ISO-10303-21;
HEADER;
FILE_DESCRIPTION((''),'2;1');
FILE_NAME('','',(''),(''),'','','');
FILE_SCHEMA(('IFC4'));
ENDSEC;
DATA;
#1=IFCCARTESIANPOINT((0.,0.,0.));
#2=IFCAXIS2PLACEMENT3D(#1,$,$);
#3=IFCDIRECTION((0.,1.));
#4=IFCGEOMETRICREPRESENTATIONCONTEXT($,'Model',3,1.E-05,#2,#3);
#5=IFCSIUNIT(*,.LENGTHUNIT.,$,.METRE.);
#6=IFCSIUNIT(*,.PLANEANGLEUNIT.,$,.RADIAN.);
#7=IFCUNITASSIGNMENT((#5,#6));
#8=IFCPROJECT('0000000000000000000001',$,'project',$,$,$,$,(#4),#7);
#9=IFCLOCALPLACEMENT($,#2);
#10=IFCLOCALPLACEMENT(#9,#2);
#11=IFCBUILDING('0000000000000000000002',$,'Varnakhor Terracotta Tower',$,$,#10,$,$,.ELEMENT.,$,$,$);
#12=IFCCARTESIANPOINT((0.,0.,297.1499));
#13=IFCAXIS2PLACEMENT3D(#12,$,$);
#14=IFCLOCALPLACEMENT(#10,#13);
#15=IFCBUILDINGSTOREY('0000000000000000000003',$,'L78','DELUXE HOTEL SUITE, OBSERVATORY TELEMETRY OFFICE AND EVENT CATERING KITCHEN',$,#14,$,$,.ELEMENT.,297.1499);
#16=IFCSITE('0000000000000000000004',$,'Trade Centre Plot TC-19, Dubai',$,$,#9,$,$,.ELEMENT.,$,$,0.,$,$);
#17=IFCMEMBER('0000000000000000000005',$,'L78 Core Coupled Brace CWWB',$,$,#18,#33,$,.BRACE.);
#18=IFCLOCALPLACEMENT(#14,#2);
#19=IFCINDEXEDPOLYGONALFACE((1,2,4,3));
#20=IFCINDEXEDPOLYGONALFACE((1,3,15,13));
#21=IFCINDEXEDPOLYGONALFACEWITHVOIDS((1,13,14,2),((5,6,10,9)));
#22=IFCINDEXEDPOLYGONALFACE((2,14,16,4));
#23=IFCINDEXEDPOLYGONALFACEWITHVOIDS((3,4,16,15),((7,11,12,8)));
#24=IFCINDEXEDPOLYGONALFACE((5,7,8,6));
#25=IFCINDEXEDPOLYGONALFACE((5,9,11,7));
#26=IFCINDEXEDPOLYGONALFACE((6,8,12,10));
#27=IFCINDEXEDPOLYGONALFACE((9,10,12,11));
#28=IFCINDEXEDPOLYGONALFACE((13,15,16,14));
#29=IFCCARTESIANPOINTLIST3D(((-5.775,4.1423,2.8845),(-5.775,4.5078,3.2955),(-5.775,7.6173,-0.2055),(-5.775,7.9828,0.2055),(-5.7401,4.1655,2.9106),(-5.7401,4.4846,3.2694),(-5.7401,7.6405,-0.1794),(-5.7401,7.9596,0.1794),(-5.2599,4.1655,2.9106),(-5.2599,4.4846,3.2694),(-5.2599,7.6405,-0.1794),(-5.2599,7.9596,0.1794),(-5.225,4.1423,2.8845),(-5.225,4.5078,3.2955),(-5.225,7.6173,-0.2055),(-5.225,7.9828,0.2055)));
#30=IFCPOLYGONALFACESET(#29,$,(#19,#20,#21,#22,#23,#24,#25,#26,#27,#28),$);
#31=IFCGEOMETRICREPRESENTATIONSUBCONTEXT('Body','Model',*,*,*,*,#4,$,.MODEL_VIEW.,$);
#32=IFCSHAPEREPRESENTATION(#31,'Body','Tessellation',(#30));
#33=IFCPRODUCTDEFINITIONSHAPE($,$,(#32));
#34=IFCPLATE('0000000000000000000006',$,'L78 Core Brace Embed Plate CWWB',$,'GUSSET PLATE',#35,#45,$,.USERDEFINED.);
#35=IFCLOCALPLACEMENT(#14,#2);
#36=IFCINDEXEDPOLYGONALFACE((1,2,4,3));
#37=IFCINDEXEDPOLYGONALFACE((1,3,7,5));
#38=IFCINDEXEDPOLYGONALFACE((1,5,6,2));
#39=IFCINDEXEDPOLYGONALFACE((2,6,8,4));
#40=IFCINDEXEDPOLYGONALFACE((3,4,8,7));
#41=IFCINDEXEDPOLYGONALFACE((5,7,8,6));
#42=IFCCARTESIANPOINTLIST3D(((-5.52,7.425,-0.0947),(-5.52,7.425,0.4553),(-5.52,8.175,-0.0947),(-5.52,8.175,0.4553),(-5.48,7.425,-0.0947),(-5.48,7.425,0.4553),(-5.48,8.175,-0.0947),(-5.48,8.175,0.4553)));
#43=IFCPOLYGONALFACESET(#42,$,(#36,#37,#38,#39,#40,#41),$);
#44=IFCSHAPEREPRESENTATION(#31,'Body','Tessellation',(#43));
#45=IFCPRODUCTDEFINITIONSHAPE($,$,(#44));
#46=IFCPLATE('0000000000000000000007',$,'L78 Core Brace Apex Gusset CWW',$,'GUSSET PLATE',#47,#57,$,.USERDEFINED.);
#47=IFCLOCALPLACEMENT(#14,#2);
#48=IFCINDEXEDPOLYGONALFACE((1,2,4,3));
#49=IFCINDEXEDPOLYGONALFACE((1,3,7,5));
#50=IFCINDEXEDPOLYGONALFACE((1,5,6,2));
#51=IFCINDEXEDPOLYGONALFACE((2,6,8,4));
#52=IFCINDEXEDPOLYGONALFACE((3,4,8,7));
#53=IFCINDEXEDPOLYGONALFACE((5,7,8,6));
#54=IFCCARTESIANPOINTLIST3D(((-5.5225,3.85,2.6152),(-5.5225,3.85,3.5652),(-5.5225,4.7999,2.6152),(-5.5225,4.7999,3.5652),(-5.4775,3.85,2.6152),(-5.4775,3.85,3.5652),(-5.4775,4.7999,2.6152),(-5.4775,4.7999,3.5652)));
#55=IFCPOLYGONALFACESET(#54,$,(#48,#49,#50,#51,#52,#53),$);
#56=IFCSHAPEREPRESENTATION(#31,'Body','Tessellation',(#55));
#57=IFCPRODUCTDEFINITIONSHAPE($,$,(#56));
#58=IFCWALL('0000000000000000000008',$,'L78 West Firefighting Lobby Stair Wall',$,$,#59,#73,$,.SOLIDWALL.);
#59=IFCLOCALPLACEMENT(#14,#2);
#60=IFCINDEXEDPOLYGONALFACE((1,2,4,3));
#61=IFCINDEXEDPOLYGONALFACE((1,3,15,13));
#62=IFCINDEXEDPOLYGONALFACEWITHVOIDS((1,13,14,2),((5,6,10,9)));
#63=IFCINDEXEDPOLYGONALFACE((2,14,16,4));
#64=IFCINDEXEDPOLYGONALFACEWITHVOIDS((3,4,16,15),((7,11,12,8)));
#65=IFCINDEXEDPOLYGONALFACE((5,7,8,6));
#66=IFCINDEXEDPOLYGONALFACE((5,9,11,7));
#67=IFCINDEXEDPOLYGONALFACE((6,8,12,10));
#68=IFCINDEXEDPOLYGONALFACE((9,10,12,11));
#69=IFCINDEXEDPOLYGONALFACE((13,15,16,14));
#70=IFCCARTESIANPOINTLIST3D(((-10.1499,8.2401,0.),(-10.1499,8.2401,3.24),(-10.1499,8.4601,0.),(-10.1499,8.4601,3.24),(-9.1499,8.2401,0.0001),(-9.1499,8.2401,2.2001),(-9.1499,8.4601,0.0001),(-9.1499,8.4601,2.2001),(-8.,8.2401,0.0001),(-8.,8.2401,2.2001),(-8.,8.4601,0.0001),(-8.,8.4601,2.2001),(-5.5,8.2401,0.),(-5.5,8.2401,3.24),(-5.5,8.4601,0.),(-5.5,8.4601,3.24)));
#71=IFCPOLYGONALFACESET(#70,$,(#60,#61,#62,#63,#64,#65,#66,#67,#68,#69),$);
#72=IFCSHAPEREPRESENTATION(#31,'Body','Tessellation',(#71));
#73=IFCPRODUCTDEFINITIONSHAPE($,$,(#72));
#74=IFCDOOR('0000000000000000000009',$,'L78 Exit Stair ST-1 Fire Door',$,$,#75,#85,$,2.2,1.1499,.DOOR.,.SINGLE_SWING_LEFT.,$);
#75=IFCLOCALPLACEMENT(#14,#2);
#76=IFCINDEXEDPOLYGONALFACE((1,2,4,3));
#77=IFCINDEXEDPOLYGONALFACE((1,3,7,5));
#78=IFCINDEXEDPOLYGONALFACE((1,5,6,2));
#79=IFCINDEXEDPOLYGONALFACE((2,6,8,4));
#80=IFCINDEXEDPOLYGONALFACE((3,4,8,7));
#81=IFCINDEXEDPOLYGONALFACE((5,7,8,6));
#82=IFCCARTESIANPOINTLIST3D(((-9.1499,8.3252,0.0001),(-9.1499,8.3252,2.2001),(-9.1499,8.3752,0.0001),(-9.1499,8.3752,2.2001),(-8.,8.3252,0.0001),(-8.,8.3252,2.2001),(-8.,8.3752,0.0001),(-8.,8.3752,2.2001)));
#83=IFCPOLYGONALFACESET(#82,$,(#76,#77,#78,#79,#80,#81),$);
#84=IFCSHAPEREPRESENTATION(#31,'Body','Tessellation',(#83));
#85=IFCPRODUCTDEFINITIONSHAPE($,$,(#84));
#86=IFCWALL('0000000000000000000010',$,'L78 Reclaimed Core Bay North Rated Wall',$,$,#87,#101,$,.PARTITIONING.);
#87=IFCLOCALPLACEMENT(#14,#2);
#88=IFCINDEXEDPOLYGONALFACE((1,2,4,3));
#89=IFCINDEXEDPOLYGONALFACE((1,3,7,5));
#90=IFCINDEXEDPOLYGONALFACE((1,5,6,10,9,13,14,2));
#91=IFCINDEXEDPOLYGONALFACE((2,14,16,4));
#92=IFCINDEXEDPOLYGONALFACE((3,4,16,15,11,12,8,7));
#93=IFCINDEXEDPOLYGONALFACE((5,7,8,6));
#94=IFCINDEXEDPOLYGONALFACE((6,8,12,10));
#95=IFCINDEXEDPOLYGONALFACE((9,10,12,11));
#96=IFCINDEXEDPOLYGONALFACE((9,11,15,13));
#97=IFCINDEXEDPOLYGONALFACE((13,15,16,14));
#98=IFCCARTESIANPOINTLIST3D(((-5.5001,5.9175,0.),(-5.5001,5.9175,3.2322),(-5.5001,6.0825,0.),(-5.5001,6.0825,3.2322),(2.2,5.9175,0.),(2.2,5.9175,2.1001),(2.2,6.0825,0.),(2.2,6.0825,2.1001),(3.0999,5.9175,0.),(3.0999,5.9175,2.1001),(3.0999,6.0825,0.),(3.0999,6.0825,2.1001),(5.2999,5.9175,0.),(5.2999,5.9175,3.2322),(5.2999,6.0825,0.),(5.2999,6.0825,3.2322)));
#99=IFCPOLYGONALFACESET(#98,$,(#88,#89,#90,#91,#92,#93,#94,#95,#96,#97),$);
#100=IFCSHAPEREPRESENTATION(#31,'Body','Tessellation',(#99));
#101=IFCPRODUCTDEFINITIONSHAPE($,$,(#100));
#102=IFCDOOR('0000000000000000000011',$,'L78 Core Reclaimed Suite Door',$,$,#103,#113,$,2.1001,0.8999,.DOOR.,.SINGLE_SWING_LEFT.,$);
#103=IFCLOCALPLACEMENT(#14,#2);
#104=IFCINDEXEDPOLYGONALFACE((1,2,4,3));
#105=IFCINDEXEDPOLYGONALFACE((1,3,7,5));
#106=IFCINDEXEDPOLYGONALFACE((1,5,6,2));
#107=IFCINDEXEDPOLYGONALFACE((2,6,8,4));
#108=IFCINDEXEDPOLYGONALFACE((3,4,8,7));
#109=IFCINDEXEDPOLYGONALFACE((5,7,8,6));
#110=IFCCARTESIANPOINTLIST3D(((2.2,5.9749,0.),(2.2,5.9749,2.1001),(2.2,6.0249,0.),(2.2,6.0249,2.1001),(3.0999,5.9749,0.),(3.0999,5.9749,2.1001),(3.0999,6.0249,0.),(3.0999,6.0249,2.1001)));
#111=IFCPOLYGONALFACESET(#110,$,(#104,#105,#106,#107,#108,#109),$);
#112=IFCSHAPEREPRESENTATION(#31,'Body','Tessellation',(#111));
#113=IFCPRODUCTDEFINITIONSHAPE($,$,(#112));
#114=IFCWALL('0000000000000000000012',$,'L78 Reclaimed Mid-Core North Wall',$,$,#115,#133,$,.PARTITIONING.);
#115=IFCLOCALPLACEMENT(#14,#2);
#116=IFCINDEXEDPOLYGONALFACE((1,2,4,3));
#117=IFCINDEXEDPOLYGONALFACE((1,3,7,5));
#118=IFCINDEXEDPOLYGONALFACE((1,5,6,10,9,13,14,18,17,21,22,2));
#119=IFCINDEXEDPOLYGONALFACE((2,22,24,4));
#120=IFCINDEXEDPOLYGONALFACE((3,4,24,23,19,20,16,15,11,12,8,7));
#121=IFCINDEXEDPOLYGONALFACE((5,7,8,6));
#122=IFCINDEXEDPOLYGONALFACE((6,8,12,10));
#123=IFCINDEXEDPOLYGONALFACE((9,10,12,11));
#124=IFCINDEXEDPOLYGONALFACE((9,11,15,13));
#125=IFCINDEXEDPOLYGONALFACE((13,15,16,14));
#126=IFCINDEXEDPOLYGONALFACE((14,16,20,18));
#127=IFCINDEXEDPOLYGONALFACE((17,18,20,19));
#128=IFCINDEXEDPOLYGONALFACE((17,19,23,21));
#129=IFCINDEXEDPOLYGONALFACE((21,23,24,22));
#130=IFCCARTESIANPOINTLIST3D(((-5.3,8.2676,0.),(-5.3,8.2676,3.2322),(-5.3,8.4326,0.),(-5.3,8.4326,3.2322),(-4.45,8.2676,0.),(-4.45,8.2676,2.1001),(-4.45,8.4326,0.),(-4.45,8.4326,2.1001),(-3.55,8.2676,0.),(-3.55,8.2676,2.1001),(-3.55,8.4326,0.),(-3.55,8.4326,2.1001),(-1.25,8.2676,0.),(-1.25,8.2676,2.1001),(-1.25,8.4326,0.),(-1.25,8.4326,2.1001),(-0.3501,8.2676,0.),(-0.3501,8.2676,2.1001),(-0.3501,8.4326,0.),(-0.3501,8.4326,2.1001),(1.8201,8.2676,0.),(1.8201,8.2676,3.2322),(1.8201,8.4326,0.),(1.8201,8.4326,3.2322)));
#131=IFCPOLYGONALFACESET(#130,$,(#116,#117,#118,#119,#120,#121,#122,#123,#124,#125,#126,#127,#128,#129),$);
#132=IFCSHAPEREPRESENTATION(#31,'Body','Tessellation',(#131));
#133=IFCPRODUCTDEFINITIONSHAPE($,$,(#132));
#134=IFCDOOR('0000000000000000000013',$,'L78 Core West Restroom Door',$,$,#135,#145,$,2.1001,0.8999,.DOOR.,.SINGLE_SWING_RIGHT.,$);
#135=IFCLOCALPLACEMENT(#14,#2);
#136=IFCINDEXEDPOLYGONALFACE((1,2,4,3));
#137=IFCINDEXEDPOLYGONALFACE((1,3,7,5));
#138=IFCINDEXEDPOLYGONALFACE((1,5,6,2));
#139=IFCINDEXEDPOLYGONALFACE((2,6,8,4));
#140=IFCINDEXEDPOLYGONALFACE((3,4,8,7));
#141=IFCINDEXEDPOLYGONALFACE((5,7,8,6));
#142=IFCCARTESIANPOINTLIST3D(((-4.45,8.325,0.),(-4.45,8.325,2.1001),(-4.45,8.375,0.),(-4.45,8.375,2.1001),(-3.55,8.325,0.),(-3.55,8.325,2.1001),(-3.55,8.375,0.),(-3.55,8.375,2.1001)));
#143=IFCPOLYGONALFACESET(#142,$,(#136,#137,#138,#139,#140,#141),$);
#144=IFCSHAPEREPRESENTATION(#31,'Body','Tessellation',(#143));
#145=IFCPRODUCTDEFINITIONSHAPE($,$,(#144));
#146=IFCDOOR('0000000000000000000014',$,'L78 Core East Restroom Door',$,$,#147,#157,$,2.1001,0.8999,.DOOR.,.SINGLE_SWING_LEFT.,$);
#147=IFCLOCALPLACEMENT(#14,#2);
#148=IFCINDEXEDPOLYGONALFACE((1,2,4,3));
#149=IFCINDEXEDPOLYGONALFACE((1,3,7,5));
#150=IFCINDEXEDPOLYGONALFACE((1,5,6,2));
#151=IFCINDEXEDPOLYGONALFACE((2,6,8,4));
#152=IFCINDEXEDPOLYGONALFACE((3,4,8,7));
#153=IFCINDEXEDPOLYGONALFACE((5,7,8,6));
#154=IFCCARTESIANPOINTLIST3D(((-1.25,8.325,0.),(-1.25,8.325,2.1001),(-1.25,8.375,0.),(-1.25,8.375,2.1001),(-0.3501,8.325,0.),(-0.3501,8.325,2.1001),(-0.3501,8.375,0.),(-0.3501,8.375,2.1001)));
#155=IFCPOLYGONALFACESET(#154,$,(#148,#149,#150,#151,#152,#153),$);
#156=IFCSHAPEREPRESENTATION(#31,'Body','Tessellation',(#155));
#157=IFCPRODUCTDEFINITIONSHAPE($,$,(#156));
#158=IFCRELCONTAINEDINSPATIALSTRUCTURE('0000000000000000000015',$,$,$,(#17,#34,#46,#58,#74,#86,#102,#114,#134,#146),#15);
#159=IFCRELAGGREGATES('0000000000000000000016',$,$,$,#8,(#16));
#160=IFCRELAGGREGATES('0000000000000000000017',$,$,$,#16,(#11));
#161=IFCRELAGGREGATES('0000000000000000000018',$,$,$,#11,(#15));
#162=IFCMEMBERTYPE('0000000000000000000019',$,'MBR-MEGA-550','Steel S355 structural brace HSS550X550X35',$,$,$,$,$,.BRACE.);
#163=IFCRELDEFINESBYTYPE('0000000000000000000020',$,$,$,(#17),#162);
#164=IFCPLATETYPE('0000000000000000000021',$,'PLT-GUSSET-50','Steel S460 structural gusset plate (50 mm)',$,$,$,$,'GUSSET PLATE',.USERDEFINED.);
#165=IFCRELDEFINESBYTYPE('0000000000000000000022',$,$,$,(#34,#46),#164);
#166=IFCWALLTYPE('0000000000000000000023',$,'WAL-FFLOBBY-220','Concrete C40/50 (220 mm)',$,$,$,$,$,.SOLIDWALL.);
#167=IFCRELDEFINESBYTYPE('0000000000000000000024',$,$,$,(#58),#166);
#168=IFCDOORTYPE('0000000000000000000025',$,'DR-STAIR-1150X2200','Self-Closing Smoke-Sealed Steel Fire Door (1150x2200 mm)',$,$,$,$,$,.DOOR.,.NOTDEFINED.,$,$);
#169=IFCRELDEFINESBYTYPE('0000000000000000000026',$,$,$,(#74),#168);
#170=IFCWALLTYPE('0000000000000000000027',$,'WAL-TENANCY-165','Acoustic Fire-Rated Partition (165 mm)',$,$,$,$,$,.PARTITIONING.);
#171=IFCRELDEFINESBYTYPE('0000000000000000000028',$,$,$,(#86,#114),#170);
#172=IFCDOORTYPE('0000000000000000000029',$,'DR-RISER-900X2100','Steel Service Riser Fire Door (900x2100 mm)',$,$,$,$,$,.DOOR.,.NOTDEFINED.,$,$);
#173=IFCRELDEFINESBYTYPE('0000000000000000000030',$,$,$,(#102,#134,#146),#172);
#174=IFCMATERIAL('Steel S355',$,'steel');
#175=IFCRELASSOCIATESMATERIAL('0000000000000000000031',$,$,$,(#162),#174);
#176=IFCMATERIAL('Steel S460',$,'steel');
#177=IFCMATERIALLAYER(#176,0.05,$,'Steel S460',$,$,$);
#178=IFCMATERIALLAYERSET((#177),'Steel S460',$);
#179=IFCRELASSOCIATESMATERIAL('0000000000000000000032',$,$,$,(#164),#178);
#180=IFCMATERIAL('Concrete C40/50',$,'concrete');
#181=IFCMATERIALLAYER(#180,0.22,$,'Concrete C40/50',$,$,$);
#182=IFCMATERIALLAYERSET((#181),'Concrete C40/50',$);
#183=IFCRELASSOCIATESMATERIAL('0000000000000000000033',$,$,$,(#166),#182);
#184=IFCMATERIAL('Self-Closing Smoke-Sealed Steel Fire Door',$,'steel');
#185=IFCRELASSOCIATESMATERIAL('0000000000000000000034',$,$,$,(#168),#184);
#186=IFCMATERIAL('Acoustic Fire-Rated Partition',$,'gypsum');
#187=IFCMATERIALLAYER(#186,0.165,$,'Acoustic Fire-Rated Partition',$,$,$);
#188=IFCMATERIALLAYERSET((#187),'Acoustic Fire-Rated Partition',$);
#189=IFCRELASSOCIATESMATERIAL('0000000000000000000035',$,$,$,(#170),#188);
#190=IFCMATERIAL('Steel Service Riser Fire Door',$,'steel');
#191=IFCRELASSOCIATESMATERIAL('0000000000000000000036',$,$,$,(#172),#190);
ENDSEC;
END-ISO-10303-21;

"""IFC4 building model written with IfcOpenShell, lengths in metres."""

from ifc_helpers import new_model, si_unit, direction, frame, frame_2d, origin, origin_2d, place, context, subcontext, project, spatial, rectangle, hollow_rectangle, extrude, source, transform, mapped, material, layer, layer_set, material_profile, profile_set, type_object, type_shapes, element, fill, save


model = new_model("IFC4")

# Units and contexts
model_context = context("Model", 3, precision=1e-05, world=origin(), true_north=direction((0.0, 1.0)))
body_context = subcontext(model_context, "Body", "Model", "MODEL_VIEW")
ifc_project = project(units=[si_unit("LENGTHUNIT", "METRE"), si_unit("PLANEANGLEUNIT", "RADIAN")], contexts=[model_context])

# Site, building, storey
site_placement = place(None, origin())
site = spatial("IfcSite", under=ifc_project, at=site_placement, Name="Trade Centre Plot TC-19, Dubai", CompositionType="ELEMENT", RefElevation=0.0)
building_placement = place(site_placement, origin())
building = spatial("IfcBuilding", under=site, at=building_placement, Name="Varnakhor Terracotta Tower", CompositionType="ELEMENT")
storey_placement = place(building_placement, frame((0.0, 0.0, 297.1499)))
storey = spatial("IfcBuildingStorey", under=building, at=storey_placement, Name="L78", Description="DELUXE HOTEL SUITE, OBSERVATORY TELEMETRY OFFICE AND EVENT CATERING KITCHEN", CompositionType="ELEMENT", Elevation=297.1499)

# Member
ifc_material_1 = material(Name="Steel S355", Category="steel")
ifc_material_profile = material_profile(ifc_material_1, hollow_rectangle(XDim=0.55, YDim=0.55, WallThickness=0.0349, at=origin_2d()), Name="HSS550X550X35")
ifc_profile_set = profile_set([ifc_material_profile], Name="Steel S355")
member_type = type_object("IfcMemberType", Name="MBR-MEGA-550", Description="Steel S355 structural brace HSS550X550X35", PredefinedType="BRACE", material=ifc_profile_set)
shared_shape_1 = source(origin(), body_context, "Body", "SweptSolid", [
    extrude(hollow_rectangle(XDim=0.55, YDim=0.55, WallThickness=0.0349, at=origin_2d()), origin(), (0.0, 0.0, 1.0), 4.6501),
])
member_placement = place(storey_placement, frame((-5.5, 7.8, 0.0), z_axis=(0.0, -0.747291, 0.664497), x_axis=(1.0, 0.0, 0.0)))
element("IfcMember", 1, at=member_placement, inside=storey, type_object=member_type, Name="L78 Core Coupled Brace CWWB", PredefinedType="BRACE", context=body_context, shape_type="MappedRepresentation", body=[
    mapped(shared_shape_1, transform((0.0, 0.0, 0.0), scale=1.0)),
])

# Plates
ifc_material_2 = material(Name="Steel S460", Category="steel")
ifc_layer_1 = layer(ifc_material_2, 0.05, Name="Steel S460")
ifc_layer_set_1 = layer_set([ifc_layer_1], Name="Steel S460")
plate_type = type_object("IfcPlateType", Name="PLT-GUSSET-50", Description="Steel S460 structural gusset plate (50 mm)", ElementType="GUSSET PLATE", PredefinedType="USERDEFINED", material=ifc_layer_set_1)
shared_shape_2 = source(origin(), body_context, "Body", "SweptSolid", [
    extrude(rectangle(XDim=0.75, YDim=0.04, at=origin_2d()), origin(), (0.0, 0.0, 1.0), 0.55),
])
type_shapes(plate_type, [shared_shape_2])
plate_1_placement = place(storey_placement, frame((-5.5, 7.8, -0.0947), z_axis=(0.0, 0.0, 1.0), x_axis=(0.0, 1.0, 0.0)))
element("IfcPlate", 2, at=plate_1_placement, inside=storey, type_object=plate_type, Name="L78 Core Brace Embed Plate CWWB", ObjectType="GUSSET PLATE", PredefinedType="USERDEFINED", context=body_context, shape_type="MappedRepresentation", body=[
    mapped(shared_shape_2, transform((0.0, 0.0, 0.0), scale=1.0)),
])
shared_shape_3 = source(origin(), body_context, "Body", "SweptSolid", [
    extrude(rectangle(XDim=0.95, YDim=0.0449, at=origin_2d()), origin(), (0.0, 0.0, 1.0), 0.95),
])
plate_2_placement = place(storey_placement, frame((-5.5, 4.325, 2.6152), z_axis=(0.0, 0.0, 1.0), x_axis=(0.0, 1.0, 0.0)))
element("IfcPlate", 3, at=plate_2_placement, inside=storey, type_object=plate_type, Name="L78 Core Brace Apex Gusset CWW", ObjectType="GUSSET PLATE", PredefinedType="USERDEFINED", context=body_context, shape_type="MappedRepresentation", body=[
    mapped(shared_shape_3, transform((0.0, 0.0, 0.0), scale=1.0)),
])

# Walls, openings, doors
ifc_material_3 = material(Name="Concrete C40/50", Category="concrete")
ifc_layer_2 = layer(ifc_material_3, 0.22, Name="Concrete C40/50")
ifc_layer_set_2 = layer_set([ifc_layer_2], Name="Concrete C40/50")
wall_type_1 = type_object("IfcWallType", Name="WAL-FFLOBBY-220", Description="Concrete C40/50 (220 mm)", PredefinedType="SOLIDWALL", material=ifc_layer_set_2)
wall_1_placement = place(storey_placement, frame((-5.5, 8.3501, 0.0), z_axis=(0.0, 0.0, 1.0), x_axis=(-1.0, 0.0, 0.0)))
wall_1 = element("IfcWall", 4, at=wall_1_placement, inside=storey, type_object=wall_type_1, Name="L78 West Firefighting Lobby Stair Wall", PredefinedType="SOLIDWALL", context=body_context, shape_type="SweptSolid", body=[
    extrude(rectangle(XDim=4.6499, YDim=0.22, at=frame_2d((2.325, 0.0))), origin(), (0.0, 0.0, 1.0), 3.24),
])
opening_1_placement = place(wall_1_placement, frame((2.5, 0.0, 0.0)))
opening_1 = element("IfcOpeningElement", 5, at=opening_1_placement, cuts=wall_1, PredefinedType="OPENING", context=body_context, shape_type="SweptSolid", body=[
    extrude(rectangle(XDim=1.1499, YDim=2.2, at=frame_2d((0.575, 1.1001))), frame((0.0, 0.1201, 0.0), z_axis=(0.0, -1.0, 0.0), x_axis=(1.0, 0.0, 0.0)), (0.0, 0.0, 1.0), 0.24),
])
ifc_material_4 = material(Name="Self-Closing Smoke-Sealed Steel Fire Door", Category="steel")
door_type_1 = type_object("IfcDoorType", Name="DR-STAIR-1150X2200", Description="Self-Closing Smoke-Sealed Steel Fire Door (1150x2200 mm)", OperationType="NOTDEFINED", PredefinedType="DOOR", material=ifc_material_4)
shared_shape_4 = source(origin(), body_context, "Body", "SweptSolid", [
    extrude(rectangle(XDim=1.1499, YDim=2.2, at=frame_2d((0.575, 1.1001))), frame((0.0, 0.0249, 0.0), z_axis=(0.0, -1.0, 0.0), x_axis=(1.0, 0.0, 0.0)), (0.0, 0.0, 1.0), 0.05),
])
type_shapes(door_type_1, [shared_shape_4])
door_1_placement = place(opening_1_placement, origin())
door_1 = element("IfcDoor", 6, at=door_1_placement, inside=storey, type_object=door_type_1, Name="L78 Exit Stair ST-1 Fire Door", OperationType="SINGLE_SWING_LEFT", OverallHeight=2.2, OverallWidth=1.1499, PredefinedType="DOOR", context=body_context, shape_type="MappedRepresentation", body=[
    mapped(shared_shape_4, transform((0.0, 0.0, 0.0), scale=1.0)),
])
fill(opening_1, door_1)
ifc_material_5 = material(Name="Acoustic Fire-Rated Partition", Category="gypsum")
ifc_layer_3 = layer(ifc_material_5, 0.165, Name="Acoustic Fire-Rated Partition")
ifc_layer_set_3 = layer_set([ifc_layer_3], Name="Acoustic Fire-Rated Partition")
wall_type_2 = type_object("IfcWallType", Name="WAL-TENANCY-165", Description="Acoustic Fire-Rated Partition (165 mm)", PredefinedType="PARTITIONING", material=ifc_layer_set_3)
wall_2_placement = place(storey_placement, frame((-5.5, 6.0, 0.0), z_axis=(0.0, 0.0, 1.0), x_axis=(1.0, 0.0, 0.0)))
wall_2 = element("IfcWall", 7, at=wall_2_placement, inside=storey, type_object=wall_type_2, Name="L78 Reclaimed Core Bay North Rated Wall", PredefinedType="PARTITIONING", context=body_context, shape_type="SweptSolid", body=[
    extrude(rectangle(XDim=10.8, YDim=0.165, at=frame_2d((5.3999, 0.0))), origin(), (0.0, 0.0, 1.0), 3.2322),
])
opening_2_placement = place(wall_2_placement, frame((7.7, 0.0, 0.0)))
opening_2 = element("IfcOpeningElement", 8, at=opening_2_placement, cuts=wall_2, PredefinedType="OPENING", context=body_context, shape_type="SweptSolid", body=[
    extrude(rectangle(XDim=0.8999, YDim=2.1001, at=frame_2d((0.45, 1.05))), frame((0.0, 0.0925, 0.0), z_axis=(0.0, -1.0, 0.0), x_axis=(1.0, 0.0, 0.0)), (0.0, 0.0, 1.0), 0.1851),
])
ifc_material_6 = material(Name="Steel Service Riser Fire Door", Category="steel")
door_type_2 = type_object("IfcDoorType", Name="DR-RISER-900X2100", Description="Steel Service Riser Fire Door (900x2100 mm)", OperationType="NOTDEFINED", PredefinedType="DOOR", material=ifc_material_6)
shared_shape_5 = source(origin(), body_context, "Body", "SweptSolid", [
    extrude(rectangle(XDim=0.8999, YDim=2.1001, at=frame_2d((0.45, 1.05))), frame((0.0, 0.0249, 0.0), z_axis=(0.0, -1.0, 0.0), x_axis=(1.0, 0.0, 0.0)), (0.0, 0.0, 1.0), 0.05),
])
type_shapes(door_type_2, [shared_shape_5])
door_2_placement = place(opening_2_placement, origin())
door_2 = element("IfcDoor", 9, at=door_2_placement, inside=storey, type_object=door_type_2, Name="L78 Core Reclaimed Suite Door", OperationType="SINGLE_SWING_LEFT", OverallHeight=2.1001, OverallWidth=0.8999, PredefinedType="DOOR", context=body_context, shape_type="MappedRepresentation", body=[
    mapped(shared_shape_5, transform((0.0, 0.0, 0.0), scale=1.0)),
])
fill(opening_2, door_2)

# Wall, openings, doors
wall_3_placement = place(storey_placement, frame((-5.3, 8.3501, 0.0), z_axis=(0.0, 0.0, 1.0), x_axis=(1.0, 0.0, 0.0)))
wall_3 = element("IfcWall", 10, at=wall_3_placement, inside=storey, type_object=wall_type_2, Name="L78 Reclaimed Mid-Core North Wall", PredefinedType="PARTITIONING", context=body_context, shape_type="SweptSolid", body=[
    extrude(rectangle(XDim=7.1201, YDim=0.165, at=frame_2d((3.5601, 0.0))), origin(), (0.0, 0.0, 1.0), 3.2322),
])
opening_3_placement = place(wall_3_placement, frame((0.8501, 0.0, 0.0)))
opening_3 = element("IfcOpeningElement", 11, at=opening_3_placement, cuts=wall_3, PredefinedType="OPENING", context=body_context, shape_type="SweptSolid", body=[
    extrude(rectangle(XDim=0.8999, YDim=2.1001, at=frame_2d((0.45, 1.05))), frame((0.0, 0.0925, 0.0), z_axis=(0.0, -1.0, 0.0), x_axis=(1.0, 0.0, 0.0)), (0.0, 0.0, 1.0), 0.1851),
])
opening_4_placement = place(wall_3_placement, frame((4.05, 0.0, 0.0)))
opening_4 = element("IfcOpeningElement", 12, at=opening_4_placement, cuts=wall_3, PredefinedType="OPENING", context=body_context, shape_type="SweptSolid", body=[
    extrude(rectangle(XDim=0.8999, YDim=2.1001, at=frame_2d((0.45, 1.05))), frame((0.0, 0.0925, 0.0), z_axis=(0.0, -1.0, 0.0), x_axis=(1.0, 0.0, 0.0)), (0.0, 0.0, 1.0), 0.1851),
])
door_3_placement = place(opening_3_placement, origin())
door_3 = element("IfcDoor", 13, at=door_3_placement, inside=storey, type_object=door_type_2, Name="L78 Core West Restroom Door", OperationType="SINGLE_SWING_RIGHT", OverallHeight=2.1001, OverallWidth=0.8999, PredefinedType="DOOR", context=body_context, shape_type="MappedRepresentation", body=[
    mapped(shared_shape_5, transform((0.0, 0.0, 0.0), scale=1.0)),
])
fill(opening_3, door_3)
door_4_placement = place(opening_4_placement, origin())
door_4 = element("IfcDoor", 14, at=door_4_placement, inside=storey, type_object=door_type_2, Name="L78 Core East Restroom Door", OperationType="SINGLE_SWING_LEFT", OverallHeight=2.1001, OverallWidth=0.8999, PredefinedType="DOOR", context=body_context, shape_type="MappedRepresentation", body=[
    mapped(shared_shape_5, transform((0.0, 0.0, 0.0), scale=1.0)),
])
fill(opening_4, door_4)

save(model, "model.ifc")
